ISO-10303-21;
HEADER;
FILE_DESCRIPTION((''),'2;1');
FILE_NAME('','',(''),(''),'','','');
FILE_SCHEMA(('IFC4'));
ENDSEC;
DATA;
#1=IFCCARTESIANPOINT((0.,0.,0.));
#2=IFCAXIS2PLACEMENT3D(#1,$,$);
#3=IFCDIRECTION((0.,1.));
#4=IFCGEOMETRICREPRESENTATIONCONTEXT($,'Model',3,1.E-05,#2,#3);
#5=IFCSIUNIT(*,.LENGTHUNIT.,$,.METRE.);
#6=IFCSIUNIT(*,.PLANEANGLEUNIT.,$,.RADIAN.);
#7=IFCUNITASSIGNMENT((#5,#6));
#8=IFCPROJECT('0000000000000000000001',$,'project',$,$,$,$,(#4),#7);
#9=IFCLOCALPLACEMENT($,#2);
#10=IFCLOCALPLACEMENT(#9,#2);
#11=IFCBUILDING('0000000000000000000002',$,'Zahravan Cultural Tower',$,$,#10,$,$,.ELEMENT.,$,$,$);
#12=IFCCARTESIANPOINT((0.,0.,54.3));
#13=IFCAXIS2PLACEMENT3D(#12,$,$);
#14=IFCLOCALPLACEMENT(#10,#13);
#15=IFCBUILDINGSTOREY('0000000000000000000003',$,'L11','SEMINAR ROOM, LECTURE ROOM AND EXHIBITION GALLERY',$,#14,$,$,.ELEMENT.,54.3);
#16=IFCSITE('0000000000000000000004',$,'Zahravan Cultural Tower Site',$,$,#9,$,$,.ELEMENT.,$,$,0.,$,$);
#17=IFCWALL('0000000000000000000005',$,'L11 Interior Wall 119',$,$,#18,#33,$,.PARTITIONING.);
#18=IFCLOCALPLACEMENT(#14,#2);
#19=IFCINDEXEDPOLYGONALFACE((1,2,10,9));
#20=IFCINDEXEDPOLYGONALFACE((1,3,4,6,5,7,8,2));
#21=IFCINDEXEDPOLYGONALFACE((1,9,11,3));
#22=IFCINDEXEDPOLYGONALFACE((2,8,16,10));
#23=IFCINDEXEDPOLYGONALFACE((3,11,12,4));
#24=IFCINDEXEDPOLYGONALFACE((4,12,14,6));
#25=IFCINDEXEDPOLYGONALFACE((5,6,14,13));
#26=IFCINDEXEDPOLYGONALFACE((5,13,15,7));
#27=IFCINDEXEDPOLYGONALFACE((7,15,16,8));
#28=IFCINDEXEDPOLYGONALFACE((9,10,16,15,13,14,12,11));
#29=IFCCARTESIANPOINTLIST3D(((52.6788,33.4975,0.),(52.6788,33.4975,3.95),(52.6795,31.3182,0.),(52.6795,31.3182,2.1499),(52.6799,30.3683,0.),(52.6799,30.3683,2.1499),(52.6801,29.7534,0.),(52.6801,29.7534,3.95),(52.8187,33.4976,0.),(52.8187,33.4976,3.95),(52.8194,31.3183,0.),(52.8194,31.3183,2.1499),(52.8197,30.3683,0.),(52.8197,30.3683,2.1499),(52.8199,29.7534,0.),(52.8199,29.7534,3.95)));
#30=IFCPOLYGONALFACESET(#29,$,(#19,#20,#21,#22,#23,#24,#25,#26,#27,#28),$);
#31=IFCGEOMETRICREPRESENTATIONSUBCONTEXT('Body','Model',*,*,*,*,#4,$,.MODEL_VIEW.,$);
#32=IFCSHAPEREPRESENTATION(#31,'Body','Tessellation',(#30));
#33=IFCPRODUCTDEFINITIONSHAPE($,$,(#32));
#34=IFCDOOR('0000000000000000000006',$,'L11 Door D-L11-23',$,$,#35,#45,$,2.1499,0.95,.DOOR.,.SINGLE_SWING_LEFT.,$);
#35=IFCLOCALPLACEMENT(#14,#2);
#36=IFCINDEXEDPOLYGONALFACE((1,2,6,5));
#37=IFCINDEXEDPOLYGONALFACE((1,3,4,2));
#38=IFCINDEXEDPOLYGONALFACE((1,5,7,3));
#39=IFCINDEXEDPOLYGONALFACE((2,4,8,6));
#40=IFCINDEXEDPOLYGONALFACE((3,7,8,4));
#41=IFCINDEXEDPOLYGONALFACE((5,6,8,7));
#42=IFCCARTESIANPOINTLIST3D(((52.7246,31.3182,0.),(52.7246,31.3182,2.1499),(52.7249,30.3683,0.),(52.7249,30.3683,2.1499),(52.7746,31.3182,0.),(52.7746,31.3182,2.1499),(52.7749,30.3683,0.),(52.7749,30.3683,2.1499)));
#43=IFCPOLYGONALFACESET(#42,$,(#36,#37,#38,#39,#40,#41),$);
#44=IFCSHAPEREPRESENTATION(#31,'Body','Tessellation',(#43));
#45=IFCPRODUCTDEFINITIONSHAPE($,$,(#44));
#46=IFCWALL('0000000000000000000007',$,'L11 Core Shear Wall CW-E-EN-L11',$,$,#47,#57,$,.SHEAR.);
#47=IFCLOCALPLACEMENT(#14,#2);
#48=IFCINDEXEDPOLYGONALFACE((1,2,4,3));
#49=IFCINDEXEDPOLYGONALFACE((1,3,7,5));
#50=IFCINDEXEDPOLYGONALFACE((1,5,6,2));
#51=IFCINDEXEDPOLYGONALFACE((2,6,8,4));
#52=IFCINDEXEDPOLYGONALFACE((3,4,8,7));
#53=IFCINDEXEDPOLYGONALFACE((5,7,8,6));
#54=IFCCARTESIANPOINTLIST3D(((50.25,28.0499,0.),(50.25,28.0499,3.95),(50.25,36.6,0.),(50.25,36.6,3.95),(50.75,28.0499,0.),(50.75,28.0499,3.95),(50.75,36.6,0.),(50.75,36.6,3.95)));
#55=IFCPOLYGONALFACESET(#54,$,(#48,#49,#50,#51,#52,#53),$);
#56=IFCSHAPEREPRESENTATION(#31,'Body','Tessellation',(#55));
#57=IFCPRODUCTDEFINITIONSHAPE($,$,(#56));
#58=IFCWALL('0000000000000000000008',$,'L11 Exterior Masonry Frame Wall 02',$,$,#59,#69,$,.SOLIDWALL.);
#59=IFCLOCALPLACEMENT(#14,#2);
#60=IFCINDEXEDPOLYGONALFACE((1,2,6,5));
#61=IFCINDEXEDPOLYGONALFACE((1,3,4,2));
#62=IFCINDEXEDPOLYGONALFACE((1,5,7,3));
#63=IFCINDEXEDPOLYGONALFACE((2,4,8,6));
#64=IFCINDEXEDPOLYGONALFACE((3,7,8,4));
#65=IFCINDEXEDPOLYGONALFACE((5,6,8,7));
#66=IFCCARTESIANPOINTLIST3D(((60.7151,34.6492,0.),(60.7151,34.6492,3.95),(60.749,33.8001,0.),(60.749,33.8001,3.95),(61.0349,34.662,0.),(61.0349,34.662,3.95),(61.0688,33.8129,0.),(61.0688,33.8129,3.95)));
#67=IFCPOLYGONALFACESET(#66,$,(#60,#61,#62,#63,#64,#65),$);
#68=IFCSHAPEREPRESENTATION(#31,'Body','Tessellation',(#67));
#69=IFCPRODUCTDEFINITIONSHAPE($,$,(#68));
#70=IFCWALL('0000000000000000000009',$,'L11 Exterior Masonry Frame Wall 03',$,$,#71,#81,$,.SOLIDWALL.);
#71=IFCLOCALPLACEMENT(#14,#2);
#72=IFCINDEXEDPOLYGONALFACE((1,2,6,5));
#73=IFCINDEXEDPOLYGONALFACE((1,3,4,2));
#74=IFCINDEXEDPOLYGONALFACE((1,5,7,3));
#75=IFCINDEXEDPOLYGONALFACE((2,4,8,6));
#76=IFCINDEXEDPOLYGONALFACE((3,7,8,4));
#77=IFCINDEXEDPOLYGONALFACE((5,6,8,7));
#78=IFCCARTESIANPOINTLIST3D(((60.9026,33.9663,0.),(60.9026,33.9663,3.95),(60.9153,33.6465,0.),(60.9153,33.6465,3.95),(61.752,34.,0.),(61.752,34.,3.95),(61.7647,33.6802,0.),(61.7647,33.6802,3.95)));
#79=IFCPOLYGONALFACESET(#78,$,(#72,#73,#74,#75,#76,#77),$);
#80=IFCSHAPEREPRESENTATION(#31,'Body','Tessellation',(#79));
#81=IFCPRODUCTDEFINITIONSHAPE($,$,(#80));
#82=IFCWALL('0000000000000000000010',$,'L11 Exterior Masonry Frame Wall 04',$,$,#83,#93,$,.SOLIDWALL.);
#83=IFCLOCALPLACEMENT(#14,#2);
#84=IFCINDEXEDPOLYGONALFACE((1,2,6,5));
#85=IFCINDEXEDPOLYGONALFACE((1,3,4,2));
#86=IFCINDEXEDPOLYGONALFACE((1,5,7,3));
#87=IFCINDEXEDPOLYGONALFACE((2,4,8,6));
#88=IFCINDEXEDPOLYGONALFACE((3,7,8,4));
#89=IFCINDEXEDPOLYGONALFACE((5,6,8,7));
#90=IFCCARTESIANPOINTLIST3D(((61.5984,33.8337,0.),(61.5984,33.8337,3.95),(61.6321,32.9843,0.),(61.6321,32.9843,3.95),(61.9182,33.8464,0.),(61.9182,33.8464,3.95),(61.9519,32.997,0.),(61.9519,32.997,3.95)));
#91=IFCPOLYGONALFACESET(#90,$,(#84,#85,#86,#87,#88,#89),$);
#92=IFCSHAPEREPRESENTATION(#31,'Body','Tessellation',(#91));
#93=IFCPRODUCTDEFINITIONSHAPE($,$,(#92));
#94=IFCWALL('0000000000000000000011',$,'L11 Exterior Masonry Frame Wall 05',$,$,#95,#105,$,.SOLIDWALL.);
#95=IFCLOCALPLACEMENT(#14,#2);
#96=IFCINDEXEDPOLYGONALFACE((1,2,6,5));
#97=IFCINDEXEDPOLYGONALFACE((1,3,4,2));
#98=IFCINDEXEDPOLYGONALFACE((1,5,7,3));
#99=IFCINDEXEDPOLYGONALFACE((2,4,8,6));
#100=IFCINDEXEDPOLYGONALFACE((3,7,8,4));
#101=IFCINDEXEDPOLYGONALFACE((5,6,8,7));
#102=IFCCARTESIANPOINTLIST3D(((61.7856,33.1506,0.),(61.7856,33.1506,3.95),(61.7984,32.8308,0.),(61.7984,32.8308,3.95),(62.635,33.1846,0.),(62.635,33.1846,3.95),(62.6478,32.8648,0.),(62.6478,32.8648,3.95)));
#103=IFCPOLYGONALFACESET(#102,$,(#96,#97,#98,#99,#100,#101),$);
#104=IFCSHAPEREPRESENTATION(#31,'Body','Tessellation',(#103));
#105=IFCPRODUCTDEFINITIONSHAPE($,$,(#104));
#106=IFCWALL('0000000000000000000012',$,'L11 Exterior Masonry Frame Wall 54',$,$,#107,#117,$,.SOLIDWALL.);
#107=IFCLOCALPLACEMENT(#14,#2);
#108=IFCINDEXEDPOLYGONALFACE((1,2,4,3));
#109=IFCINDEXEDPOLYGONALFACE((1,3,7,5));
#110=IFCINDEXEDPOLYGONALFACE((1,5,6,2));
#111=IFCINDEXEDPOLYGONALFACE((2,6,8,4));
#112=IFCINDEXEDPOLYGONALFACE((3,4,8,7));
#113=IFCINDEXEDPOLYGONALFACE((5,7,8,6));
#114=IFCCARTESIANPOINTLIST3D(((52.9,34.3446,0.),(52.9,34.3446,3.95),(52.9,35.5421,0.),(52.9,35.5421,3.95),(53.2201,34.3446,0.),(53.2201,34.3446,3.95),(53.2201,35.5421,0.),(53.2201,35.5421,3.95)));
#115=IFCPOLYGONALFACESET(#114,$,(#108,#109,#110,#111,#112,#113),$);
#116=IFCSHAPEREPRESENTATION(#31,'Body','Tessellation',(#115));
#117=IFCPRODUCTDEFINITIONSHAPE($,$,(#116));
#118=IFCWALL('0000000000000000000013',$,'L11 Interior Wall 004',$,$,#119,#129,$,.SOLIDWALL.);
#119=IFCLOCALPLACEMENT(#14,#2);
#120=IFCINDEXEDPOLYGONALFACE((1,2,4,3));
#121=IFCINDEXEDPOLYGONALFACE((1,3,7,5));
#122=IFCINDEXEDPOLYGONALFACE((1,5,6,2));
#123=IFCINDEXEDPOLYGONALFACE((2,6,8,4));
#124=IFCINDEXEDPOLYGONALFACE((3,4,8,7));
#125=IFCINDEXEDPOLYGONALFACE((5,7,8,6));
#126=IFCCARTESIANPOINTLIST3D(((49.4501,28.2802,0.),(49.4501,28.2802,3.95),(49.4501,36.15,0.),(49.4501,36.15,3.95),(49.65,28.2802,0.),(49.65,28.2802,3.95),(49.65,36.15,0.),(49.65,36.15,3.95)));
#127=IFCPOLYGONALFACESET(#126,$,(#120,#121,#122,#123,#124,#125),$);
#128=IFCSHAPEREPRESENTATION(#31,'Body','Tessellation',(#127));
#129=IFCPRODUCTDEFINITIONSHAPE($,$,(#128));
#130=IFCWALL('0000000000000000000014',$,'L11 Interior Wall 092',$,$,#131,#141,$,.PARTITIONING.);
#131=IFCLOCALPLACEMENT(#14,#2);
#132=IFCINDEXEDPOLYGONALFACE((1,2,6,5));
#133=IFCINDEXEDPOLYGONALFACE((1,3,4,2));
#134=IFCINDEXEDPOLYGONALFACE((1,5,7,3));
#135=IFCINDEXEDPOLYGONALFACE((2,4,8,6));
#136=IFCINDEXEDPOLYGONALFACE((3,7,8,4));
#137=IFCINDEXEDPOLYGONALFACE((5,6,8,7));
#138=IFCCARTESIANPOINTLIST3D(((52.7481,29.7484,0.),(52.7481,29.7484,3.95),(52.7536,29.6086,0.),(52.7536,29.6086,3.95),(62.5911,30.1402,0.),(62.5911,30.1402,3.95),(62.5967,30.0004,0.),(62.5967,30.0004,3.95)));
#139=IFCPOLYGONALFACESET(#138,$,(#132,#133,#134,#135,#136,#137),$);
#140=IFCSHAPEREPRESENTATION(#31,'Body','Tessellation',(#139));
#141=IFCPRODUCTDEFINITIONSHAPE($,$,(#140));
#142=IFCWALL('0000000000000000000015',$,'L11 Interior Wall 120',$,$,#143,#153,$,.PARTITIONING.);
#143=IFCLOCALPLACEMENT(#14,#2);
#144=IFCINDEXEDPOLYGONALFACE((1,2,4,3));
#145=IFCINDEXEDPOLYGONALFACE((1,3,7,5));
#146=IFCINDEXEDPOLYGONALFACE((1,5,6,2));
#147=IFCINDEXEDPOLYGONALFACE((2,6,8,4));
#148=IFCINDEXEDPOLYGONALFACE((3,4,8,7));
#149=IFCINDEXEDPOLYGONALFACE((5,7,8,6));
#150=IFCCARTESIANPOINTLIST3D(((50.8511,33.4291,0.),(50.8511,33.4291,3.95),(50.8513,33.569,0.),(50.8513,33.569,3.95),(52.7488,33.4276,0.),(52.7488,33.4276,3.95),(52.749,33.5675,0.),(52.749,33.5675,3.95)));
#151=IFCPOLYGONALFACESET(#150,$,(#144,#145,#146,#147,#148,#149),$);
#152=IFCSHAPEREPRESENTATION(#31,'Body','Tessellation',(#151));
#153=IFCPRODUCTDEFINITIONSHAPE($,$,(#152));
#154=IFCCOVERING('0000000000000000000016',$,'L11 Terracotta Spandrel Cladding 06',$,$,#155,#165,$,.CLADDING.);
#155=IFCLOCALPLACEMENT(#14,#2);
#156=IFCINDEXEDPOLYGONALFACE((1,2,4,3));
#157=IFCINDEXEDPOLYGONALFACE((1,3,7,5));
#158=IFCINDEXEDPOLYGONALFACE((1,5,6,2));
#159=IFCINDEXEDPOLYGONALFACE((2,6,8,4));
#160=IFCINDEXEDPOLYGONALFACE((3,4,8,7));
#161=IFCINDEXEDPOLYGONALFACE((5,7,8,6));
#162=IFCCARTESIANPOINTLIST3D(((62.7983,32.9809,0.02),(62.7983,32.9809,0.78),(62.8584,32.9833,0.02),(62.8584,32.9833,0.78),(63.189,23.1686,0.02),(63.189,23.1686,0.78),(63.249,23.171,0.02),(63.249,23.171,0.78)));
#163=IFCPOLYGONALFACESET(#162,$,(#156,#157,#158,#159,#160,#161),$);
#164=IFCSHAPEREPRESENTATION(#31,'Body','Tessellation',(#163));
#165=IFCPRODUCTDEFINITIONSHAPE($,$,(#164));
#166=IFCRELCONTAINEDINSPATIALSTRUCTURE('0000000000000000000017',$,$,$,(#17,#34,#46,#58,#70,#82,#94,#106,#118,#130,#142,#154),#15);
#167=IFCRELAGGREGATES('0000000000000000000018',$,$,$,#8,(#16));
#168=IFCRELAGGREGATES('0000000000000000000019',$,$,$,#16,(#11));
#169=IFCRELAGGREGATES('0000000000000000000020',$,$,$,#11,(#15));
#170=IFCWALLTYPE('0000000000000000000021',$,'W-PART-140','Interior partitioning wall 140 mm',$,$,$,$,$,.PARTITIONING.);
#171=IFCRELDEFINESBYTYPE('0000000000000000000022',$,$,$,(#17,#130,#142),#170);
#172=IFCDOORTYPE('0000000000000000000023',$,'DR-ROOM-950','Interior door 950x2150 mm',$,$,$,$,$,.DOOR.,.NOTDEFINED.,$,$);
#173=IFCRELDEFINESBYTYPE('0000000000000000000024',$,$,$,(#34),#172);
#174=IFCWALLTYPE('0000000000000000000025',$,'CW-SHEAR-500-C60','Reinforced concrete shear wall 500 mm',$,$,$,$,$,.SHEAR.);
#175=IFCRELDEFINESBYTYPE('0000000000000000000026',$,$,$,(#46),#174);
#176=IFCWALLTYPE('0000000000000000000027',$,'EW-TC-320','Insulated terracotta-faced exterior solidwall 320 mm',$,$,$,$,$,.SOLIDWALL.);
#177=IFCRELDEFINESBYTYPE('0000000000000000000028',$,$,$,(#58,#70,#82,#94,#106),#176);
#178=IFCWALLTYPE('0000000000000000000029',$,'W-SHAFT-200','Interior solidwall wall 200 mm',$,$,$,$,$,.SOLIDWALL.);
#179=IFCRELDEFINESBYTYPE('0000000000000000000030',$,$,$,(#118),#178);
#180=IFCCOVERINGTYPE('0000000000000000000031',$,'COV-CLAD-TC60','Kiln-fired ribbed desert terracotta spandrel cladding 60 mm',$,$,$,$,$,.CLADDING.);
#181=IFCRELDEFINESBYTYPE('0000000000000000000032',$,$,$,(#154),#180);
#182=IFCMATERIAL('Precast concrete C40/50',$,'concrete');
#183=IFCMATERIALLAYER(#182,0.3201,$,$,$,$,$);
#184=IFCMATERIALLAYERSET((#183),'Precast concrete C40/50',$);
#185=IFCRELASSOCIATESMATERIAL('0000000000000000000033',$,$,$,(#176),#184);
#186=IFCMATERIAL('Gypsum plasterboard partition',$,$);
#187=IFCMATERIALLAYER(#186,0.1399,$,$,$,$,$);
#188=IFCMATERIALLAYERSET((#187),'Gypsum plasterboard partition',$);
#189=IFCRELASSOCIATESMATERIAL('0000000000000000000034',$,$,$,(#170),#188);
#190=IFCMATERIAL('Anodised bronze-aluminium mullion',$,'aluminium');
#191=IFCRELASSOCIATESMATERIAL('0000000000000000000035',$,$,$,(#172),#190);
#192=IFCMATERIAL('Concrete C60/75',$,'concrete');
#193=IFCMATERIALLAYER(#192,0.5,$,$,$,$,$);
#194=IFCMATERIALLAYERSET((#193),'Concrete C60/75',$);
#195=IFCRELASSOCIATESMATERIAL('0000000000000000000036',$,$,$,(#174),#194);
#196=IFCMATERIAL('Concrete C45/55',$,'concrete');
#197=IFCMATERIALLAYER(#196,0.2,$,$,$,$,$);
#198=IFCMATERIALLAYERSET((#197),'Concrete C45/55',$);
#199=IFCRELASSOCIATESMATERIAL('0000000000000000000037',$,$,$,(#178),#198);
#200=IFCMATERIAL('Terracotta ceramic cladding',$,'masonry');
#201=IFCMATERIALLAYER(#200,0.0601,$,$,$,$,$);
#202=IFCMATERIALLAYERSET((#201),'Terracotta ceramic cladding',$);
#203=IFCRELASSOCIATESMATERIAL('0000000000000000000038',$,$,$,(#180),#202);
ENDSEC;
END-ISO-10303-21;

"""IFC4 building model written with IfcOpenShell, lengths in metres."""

from ifc_helpers import new_model, si_unit, direction, frame, frame_2d, origin, origin_2d, place, context, subcontext, project, spatial, rectangle, extrude, source, transform, mapped, material, layer, layer_set, type_object, element, fill, save


model = new_model("IFC4")

# Units and contexts
model_context = context("Model", 3, precision=1e-05, world=origin(), true_north=direction((0.0, 1.0)))
body_context = subcontext(model_context, "Body", "Model", "MODEL_VIEW")
ifc_project = project(units=[si_unit("LENGTHUNIT", "METRE"), si_unit("PLANEANGLEUNIT", "RADIAN")], contexts=[model_context])

# Site, building, storey
site_placement = place(None, origin())
site = spatial("IfcSite", under=ifc_project, at=site_placement, Name="Zahravan Cultural Tower Site", CompositionType="ELEMENT", RefElevation=0.0)
building_placement = place(site_placement, origin())
building = spatial("IfcBuilding", under=site, at=building_placement, Name="Zahravan Cultural Tower", CompositionType="ELEMENT")
storey_placement = place(building_placement, frame((0.0, 0.0, 54.3)))
storey = spatial("IfcBuildingStorey", under=building, at=storey_placement, Name="L11", Description="SEMINAR ROOM, LECTURE ROOM AND EXHIBITION GALLERY", CompositionType="ELEMENT", Elevation=54.3)

# Shared definitions
ifc_material_1 = material(Name="Concrete C60/75", Category="concrete")

# Shared definitions
ifc_material_2 = material(Name="Precast concrete C40/50", Category="concrete")
ifc_layer_1 = layer(ifc_material_2, 0.3201)
ifc_layer_set_1 = layer_set([ifc_layer_1], Name="Precast concrete C40/50")
wall_type_1 = type_object("IfcWallType", Name="EW-TC-320", Description="Insulated terracotta-faced exterior solidwall 320 mm", PredefinedType="SOLIDWALL", material=ifc_layer_set_1)

# Wall, opening, door
ifc_material_3 = material(Name="Gypsum plasterboard partition")
ifc_layer_2 = layer(ifc_material_3, 0.1399)
ifc_layer_set_2 = layer_set([ifc_layer_2], Name="Gypsum plasterboard partition")
wall_type_2 = type_object("IfcWallType", Name="W-PART-140", Description="Interior partitioning wall 140 mm", PredefinedType="PARTITIONING", material=ifc_layer_set_2)
wall_1_placement = place(storey_placement, frame((52.75, 29.7534, 0.0), z_axis=(0.0, 0.0, 1.0), x_axis=(-0.000326, 1.0, 0.0)))
wall_1 = element("IfcWall", 1, at=wall_1_placement, inside=storey, type_object=wall_type_2, Name="L11 Interior Wall 119", PredefinedType="PARTITIONING", context=body_context, shape_type="SweptSolid", body=[
    extrude(rectangle(XDim=3.7441, YDim=0.1399, at=frame_2d((1.8721, 0.0))), origin(), (0.0, 0.0, 1.0), 3.95),
])
opening_1_placement = place(wall_1_placement, frame((0.6147, 0.0, 0.0)))
opening_1 = element("IfcOpeningElement", 2, at=opening_1_placement, cuts=wall_1, PredefinedType="OPENING", context=body_context, shape_type="SweptSolid", body=[
    extrude(rectangle(XDim=0.95, YDim=2.1499, at=frame_2d((0.4751, 1.075))), frame((0.0, 0.0798, 0.0), z_axis=(0.0, -1.0, 0.0), x_axis=(1.0, 0.0, 0.0)), (0.0, 0.0, 1.0), 0.1599),
])
ifc_material_4 = material(Name="Anodised bronze-aluminium mullion", Category="aluminium")
door_type = type_object("IfcDoorType", Name="DR-ROOM-950", Description="Interior door 950x2150 mm", OperationType="NOTDEFINED", PredefinedType="DOOR", material=ifc_material_4)
shared_shape_1 = source(origin(), body_context, "Body", "SweptSolid", [
    extrude(rectangle(XDim=0.95, YDim=2.1499, at=frame_2d((0.4751, 1.075))), frame((0.0, 0.0249, 0.0), z_axis=(0.0, -1.0, 0.0), x_axis=(1.0, 0.0, 0.0)), (0.0, 0.0, 1.0), 0.05),
])
door_placement = place(opening_1_placement, origin())
door = element("IfcDoor", 3, at=door_placement, inside=storey, type_object=door_type, Name="L11 Door D-L11-23", OperationType="SINGLE_SWING_LEFT", OverallHeight=2.1499, OverallWidth=0.95, PredefinedType="DOOR", context=body_context, shape_type="MappedRepresentation", body=[
    mapped(shared_shape_1, transform((0.0, 0.0, 0.0), x_axis=(1.0, 0.0, 0.0), y_axis=(0.0, 1.0, 0.0), z_axis=(0.0, 0.0, 1.0), scale=1.0)),
])
fill(opening_1, door)

# Walls
ifc_layer_3 = layer(ifc_material_1, 0.5)
ifc_layer_set_3 = layer_set([ifc_layer_3], Name="Concrete C60/75")
wall_type_3 = type_object("IfcWallType", Name="CW-SHEAR-500-C60", Description="Reinforced concrete shear wall 500 mm", PredefinedType="SHEAR", material=ifc_layer_set_3)
shared_shape_2 = source(origin(), body_context, "Body", "SweptSolid", [
    extrude(rectangle(XDim=8.55, YDim=0.5, at=frame_2d((4.2749, 0.0))), origin(), (0.0, 0.0, 1.0), 3.95),
])
wall_2_placement = place(storey_placement, frame((50.5, 28.05, 0.0), z_axis=(0.0, 0.0, 1.0), x_axis=(0.0, 1.0, 0.0)))
element("IfcWall", 4, at=wall_2_placement, inside=storey, type_object=wall_type_3, Name="L11 Core Shear Wall CW-E-EN-L11", PredefinedType="SHEAR", context=body_context, shape_type="MappedRepresentation", body=[
    mapped(shared_shape_2, transform((0.0, 0.0, 0.0), x_axis=(1.0, 0.0, 0.0), y_axis=(0.0, 1.0, 0.0), z_axis=(0.0, 0.0, 1.0), scale=1.0)),
])
shared_shape_3 = source(origin(), body_context, "Body", "SweptSolid", [
    extrude(rectangle(XDim=0.8499, YDim=0.3201, at=frame_2d((0.4248, 0.0))), origin(), (0.0, 0.0, 1.0), 3.95),
])
wall_3_placement = place(storey_placement, frame((60.875, 34.6555, 0.0), z_axis=(0.0, 0.0, 1.0), x_axis=(0.039934, -0.999202, 0.0)))
element("IfcWall", 5, at=wall_3_placement, inside=storey, type_object=wall_type_1, Name="L11 Exterior Masonry Frame Wall 02", PredefinedType="SOLIDWALL", context=body_context, shape_type="MappedRepresentation", body=[
    mapped(shared_shape_3, transform((0.0, 0.0, 0.0), x_axis=(1.0, 0.0, 0.0), y_axis=(0.0, 1.0, 0.0), z_axis=(0.0, 0.0, 1.0), scale=1.0)),
])
shared_shape_4 = source(origin(), body_context, "Body", "SweptSolid", [
    extrude(rectangle(XDim=0.8501, YDim=0.3201, at=frame_2d((0.425, 0.0))), origin(), (0.0, 0.0, 1.0), 3.95),
])
for number, where, z_axis, x_axis, name in (
    (6, (60.9089, 33.8064, 0.0), (0.0, 0.0, 1.0), (0.999214, 0.039635, 0.0), "L11 Exterior Masonry Frame Wall 03"),
    (7, (61.7583, 33.8401, 0.0), (0.0, 0.0, 1.0), (0.039635, -0.999214, 0.0), "L11 Exterior Masonry Frame Wall 04"),
    (8, (61.792, 32.9907, 0.0), (0.0, 0.0, 1.0), (0.999203, 0.039922, 0.0), "L11 Exterior Masonry Frame Wall 05"),
):
    element("IfcWall", number, at=place(storey_placement, frame(where, z_axis=z_axis, x_axis=x_axis)), inside=storey, type_object=wall_type_1, Name=name, PredefinedType="SOLIDWALL", context=body_context, shape_type="MappedRepresentation", body=[
        mapped(shared_shape_4, transform((0.0, 0.0, 0.0), x_axis=(1.0, 0.0, 0.0), y_axis=(0.0, 1.0, 0.0), z_axis=(0.0, 0.0, 1.0), scale=1.0)),
    ])
shared_shape_5 = source(origin(), body_context, "Body", "SweptSolid", [
    extrude(rectangle(XDim=1.1975, YDim=0.3201, at=frame_2d((0.5986, 0.0))), origin(), (0.0, 0.0, 1.0), 3.95),
])
wall_4_placement = place(storey_placement, frame((53.0601, 35.542, 0.0), z_axis=(0.0, 0.0, 1.0), x_axis=(0.0, -1.0, 0.0)))
element("IfcWall", 9, at=wall_4_placement, inside=storey, type_object=wall_type_1, Name="L11 Exterior Masonry Frame Wall 54", PredefinedType="SOLIDWALL", context=body_context, shape_type="MappedRepresentation", body=[
    mapped(shared_shape_5, transform((0.0, 0.0, 0.0), x_axis=(1.0, 0.0, 0.0), y_axis=(0.0, 1.0, 0.0), z_axis=(0.0, 0.0, 1.0), scale=1.0)),
])
ifc_material_5 = material(Name="Concrete C45/55", Category="concrete")
ifc_layer_4 = layer(ifc_material_5, 0.2)
ifc_layer_set_4 = layer_set([ifc_layer_4], Name="Concrete C45/55")
wall_type_4 = type_object("IfcWallType", Name="W-SHAFT-200", Description="Interior solidwall wall 200 mm", PredefinedType="SOLIDWALL", material=ifc_layer_set_4)
shared_shape_6 = source(origin(), body_context, "Body", "SweptSolid", [
    extrude(rectangle(XDim=7.8699, YDim=0.2, at=frame_2d((3.9351, 0.0))), origin(), (0.0, 0.0, 1.0), 3.95),
])
wall_5_placement = place(storey_placement, frame((49.55, 28.28, 0.0), z_axis=(0.0, 0.0, 1.0), x_axis=(0.0, 1.0, 0.0)))
element("IfcWall", 10, at=wall_5_placement, inside=storey, type_object=wall_type_4, Name="L11 Interior Wall 004", PredefinedType="SOLIDWALL", context=body_context, shape_type="MappedRepresentation", body=[
    mapped(shared_shape_6, transform((0.0, 0.0, 0.0), x_axis=(1.0, 0.0, 0.0), y_axis=(0.0, 1.0, 0.0), z_axis=(0.0, 0.0, 1.0), scale=1.0)),
])
shared_shape_7 = source(origin(), body_context, "Body", "SweptSolid", [
    extrude(rectangle(XDim=9.8508, YDim=0.1399, at=frame_2d((4.9253, 0.0))), origin(), (0.0, 0.0, 1.0), 3.95),
])
wall_6_placement = place(storey_placement, frame((52.751, 29.6785, 0.0), z_axis=(0.0, 0.0, 1.0), x_axis=(0.999209, 0.039778, 0.0)))
element("IfcWall", 11, at=wall_6_placement, inside=storey, type_object=wall_type_2, Name="L11 Interior Wall 092", PredefinedType="PARTITIONING", context=body_context, shape_type="MappedRepresentation", body=[
    mapped(shared_shape_7, transform((0.0, 0.0, 0.0), x_axis=(1.0, 0.0, 0.0), y_axis=(0.0, 1.0, 0.0), z_axis=(0.0, 0.0, 1.0), scale=1.0)),
])
shared_shape_8 = source(origin(), body_context, "Body", "SweptSolid", [
    extrude(rectangle(XDim=1.8977, YDim=0.1399, at=frame_2d((0.9487, 0.0))), origin(), (0.0, 0.0, 1.0), 3.95),
])
wall_7_placement = place(storey_placement, frame((52.7488, 33.4976, 0.0), z_axis=(0.0, 0.0, 1.0), x_axis=(-1.0, 0.000772, 0.0)))
element("IfcWall", 12, at=wall_7_placement, inside=storey, type_object=wall_type_2, Name="L11 Interior Wall 120", PredefinedType="PARTITIONING", context=body_context, shape_type="MappedRepresentation", body=[
    mapped(shared_shape_8, transform((0.0, 0.0, 0.0), x_axis=(1.0, 0.0, 0.0), y_axis=(0.0, 1.0, 0.0), z_axis=(0.0, 0.0, 1.0), scale=1.0)),
])

# Covering
ifc_material_6 = material(Name="Terracotta ceramic cladding", Category="masonry")
ifc_layer_5 = layer(ifc_material_6, 0.0601)
ifc_layer_set_5 = layer_set([ifc_layer_5], Name="Terracotta ceramic cladding")
covering_type = type_object("IfcCoveringType", Name="COV-CLAD-TC60", Description="Kiln-fired ribbed desert terracotta spandrel cladding 60 mm", PredefinedType="CLADDING", material=ifc_layer_set_5)
shared_shape_9 = source(origin(), body_context, "Body", "SweptSolid", [
    extrude(rectangle(XDim=9.8201, YDim=0.0601, at=origin_2d()), origin(), (0.0, 0.0, 1.0), 0.76),
])
covering_1_placement = place(storey_placement, frame((63.0237, 28.0759, 0.02), z_axis=(0.0, 0.0, 1.0), x_axis=(0.039783, -0.999208, 0.0)))
element("IfcCovering", 13, at=covering_1_placement, inside=storey, type_object=covering_type, Name="L11 Terracotta Spandrel Cladding 06", PredefinedType="CLADDING", context=body_context, shape_type="MappedRepresentation", body=[
    mapped(shared_shape_9, transform((0.0, 0.0, 0.0), x_axis=(1.0, 0.0, 0.0), y_axis=(0.0, 1.0, 0.0), z_axis=(0.0, 0.0, 1.0), scale=1.0)),
])

save(model, "model.ifc")
